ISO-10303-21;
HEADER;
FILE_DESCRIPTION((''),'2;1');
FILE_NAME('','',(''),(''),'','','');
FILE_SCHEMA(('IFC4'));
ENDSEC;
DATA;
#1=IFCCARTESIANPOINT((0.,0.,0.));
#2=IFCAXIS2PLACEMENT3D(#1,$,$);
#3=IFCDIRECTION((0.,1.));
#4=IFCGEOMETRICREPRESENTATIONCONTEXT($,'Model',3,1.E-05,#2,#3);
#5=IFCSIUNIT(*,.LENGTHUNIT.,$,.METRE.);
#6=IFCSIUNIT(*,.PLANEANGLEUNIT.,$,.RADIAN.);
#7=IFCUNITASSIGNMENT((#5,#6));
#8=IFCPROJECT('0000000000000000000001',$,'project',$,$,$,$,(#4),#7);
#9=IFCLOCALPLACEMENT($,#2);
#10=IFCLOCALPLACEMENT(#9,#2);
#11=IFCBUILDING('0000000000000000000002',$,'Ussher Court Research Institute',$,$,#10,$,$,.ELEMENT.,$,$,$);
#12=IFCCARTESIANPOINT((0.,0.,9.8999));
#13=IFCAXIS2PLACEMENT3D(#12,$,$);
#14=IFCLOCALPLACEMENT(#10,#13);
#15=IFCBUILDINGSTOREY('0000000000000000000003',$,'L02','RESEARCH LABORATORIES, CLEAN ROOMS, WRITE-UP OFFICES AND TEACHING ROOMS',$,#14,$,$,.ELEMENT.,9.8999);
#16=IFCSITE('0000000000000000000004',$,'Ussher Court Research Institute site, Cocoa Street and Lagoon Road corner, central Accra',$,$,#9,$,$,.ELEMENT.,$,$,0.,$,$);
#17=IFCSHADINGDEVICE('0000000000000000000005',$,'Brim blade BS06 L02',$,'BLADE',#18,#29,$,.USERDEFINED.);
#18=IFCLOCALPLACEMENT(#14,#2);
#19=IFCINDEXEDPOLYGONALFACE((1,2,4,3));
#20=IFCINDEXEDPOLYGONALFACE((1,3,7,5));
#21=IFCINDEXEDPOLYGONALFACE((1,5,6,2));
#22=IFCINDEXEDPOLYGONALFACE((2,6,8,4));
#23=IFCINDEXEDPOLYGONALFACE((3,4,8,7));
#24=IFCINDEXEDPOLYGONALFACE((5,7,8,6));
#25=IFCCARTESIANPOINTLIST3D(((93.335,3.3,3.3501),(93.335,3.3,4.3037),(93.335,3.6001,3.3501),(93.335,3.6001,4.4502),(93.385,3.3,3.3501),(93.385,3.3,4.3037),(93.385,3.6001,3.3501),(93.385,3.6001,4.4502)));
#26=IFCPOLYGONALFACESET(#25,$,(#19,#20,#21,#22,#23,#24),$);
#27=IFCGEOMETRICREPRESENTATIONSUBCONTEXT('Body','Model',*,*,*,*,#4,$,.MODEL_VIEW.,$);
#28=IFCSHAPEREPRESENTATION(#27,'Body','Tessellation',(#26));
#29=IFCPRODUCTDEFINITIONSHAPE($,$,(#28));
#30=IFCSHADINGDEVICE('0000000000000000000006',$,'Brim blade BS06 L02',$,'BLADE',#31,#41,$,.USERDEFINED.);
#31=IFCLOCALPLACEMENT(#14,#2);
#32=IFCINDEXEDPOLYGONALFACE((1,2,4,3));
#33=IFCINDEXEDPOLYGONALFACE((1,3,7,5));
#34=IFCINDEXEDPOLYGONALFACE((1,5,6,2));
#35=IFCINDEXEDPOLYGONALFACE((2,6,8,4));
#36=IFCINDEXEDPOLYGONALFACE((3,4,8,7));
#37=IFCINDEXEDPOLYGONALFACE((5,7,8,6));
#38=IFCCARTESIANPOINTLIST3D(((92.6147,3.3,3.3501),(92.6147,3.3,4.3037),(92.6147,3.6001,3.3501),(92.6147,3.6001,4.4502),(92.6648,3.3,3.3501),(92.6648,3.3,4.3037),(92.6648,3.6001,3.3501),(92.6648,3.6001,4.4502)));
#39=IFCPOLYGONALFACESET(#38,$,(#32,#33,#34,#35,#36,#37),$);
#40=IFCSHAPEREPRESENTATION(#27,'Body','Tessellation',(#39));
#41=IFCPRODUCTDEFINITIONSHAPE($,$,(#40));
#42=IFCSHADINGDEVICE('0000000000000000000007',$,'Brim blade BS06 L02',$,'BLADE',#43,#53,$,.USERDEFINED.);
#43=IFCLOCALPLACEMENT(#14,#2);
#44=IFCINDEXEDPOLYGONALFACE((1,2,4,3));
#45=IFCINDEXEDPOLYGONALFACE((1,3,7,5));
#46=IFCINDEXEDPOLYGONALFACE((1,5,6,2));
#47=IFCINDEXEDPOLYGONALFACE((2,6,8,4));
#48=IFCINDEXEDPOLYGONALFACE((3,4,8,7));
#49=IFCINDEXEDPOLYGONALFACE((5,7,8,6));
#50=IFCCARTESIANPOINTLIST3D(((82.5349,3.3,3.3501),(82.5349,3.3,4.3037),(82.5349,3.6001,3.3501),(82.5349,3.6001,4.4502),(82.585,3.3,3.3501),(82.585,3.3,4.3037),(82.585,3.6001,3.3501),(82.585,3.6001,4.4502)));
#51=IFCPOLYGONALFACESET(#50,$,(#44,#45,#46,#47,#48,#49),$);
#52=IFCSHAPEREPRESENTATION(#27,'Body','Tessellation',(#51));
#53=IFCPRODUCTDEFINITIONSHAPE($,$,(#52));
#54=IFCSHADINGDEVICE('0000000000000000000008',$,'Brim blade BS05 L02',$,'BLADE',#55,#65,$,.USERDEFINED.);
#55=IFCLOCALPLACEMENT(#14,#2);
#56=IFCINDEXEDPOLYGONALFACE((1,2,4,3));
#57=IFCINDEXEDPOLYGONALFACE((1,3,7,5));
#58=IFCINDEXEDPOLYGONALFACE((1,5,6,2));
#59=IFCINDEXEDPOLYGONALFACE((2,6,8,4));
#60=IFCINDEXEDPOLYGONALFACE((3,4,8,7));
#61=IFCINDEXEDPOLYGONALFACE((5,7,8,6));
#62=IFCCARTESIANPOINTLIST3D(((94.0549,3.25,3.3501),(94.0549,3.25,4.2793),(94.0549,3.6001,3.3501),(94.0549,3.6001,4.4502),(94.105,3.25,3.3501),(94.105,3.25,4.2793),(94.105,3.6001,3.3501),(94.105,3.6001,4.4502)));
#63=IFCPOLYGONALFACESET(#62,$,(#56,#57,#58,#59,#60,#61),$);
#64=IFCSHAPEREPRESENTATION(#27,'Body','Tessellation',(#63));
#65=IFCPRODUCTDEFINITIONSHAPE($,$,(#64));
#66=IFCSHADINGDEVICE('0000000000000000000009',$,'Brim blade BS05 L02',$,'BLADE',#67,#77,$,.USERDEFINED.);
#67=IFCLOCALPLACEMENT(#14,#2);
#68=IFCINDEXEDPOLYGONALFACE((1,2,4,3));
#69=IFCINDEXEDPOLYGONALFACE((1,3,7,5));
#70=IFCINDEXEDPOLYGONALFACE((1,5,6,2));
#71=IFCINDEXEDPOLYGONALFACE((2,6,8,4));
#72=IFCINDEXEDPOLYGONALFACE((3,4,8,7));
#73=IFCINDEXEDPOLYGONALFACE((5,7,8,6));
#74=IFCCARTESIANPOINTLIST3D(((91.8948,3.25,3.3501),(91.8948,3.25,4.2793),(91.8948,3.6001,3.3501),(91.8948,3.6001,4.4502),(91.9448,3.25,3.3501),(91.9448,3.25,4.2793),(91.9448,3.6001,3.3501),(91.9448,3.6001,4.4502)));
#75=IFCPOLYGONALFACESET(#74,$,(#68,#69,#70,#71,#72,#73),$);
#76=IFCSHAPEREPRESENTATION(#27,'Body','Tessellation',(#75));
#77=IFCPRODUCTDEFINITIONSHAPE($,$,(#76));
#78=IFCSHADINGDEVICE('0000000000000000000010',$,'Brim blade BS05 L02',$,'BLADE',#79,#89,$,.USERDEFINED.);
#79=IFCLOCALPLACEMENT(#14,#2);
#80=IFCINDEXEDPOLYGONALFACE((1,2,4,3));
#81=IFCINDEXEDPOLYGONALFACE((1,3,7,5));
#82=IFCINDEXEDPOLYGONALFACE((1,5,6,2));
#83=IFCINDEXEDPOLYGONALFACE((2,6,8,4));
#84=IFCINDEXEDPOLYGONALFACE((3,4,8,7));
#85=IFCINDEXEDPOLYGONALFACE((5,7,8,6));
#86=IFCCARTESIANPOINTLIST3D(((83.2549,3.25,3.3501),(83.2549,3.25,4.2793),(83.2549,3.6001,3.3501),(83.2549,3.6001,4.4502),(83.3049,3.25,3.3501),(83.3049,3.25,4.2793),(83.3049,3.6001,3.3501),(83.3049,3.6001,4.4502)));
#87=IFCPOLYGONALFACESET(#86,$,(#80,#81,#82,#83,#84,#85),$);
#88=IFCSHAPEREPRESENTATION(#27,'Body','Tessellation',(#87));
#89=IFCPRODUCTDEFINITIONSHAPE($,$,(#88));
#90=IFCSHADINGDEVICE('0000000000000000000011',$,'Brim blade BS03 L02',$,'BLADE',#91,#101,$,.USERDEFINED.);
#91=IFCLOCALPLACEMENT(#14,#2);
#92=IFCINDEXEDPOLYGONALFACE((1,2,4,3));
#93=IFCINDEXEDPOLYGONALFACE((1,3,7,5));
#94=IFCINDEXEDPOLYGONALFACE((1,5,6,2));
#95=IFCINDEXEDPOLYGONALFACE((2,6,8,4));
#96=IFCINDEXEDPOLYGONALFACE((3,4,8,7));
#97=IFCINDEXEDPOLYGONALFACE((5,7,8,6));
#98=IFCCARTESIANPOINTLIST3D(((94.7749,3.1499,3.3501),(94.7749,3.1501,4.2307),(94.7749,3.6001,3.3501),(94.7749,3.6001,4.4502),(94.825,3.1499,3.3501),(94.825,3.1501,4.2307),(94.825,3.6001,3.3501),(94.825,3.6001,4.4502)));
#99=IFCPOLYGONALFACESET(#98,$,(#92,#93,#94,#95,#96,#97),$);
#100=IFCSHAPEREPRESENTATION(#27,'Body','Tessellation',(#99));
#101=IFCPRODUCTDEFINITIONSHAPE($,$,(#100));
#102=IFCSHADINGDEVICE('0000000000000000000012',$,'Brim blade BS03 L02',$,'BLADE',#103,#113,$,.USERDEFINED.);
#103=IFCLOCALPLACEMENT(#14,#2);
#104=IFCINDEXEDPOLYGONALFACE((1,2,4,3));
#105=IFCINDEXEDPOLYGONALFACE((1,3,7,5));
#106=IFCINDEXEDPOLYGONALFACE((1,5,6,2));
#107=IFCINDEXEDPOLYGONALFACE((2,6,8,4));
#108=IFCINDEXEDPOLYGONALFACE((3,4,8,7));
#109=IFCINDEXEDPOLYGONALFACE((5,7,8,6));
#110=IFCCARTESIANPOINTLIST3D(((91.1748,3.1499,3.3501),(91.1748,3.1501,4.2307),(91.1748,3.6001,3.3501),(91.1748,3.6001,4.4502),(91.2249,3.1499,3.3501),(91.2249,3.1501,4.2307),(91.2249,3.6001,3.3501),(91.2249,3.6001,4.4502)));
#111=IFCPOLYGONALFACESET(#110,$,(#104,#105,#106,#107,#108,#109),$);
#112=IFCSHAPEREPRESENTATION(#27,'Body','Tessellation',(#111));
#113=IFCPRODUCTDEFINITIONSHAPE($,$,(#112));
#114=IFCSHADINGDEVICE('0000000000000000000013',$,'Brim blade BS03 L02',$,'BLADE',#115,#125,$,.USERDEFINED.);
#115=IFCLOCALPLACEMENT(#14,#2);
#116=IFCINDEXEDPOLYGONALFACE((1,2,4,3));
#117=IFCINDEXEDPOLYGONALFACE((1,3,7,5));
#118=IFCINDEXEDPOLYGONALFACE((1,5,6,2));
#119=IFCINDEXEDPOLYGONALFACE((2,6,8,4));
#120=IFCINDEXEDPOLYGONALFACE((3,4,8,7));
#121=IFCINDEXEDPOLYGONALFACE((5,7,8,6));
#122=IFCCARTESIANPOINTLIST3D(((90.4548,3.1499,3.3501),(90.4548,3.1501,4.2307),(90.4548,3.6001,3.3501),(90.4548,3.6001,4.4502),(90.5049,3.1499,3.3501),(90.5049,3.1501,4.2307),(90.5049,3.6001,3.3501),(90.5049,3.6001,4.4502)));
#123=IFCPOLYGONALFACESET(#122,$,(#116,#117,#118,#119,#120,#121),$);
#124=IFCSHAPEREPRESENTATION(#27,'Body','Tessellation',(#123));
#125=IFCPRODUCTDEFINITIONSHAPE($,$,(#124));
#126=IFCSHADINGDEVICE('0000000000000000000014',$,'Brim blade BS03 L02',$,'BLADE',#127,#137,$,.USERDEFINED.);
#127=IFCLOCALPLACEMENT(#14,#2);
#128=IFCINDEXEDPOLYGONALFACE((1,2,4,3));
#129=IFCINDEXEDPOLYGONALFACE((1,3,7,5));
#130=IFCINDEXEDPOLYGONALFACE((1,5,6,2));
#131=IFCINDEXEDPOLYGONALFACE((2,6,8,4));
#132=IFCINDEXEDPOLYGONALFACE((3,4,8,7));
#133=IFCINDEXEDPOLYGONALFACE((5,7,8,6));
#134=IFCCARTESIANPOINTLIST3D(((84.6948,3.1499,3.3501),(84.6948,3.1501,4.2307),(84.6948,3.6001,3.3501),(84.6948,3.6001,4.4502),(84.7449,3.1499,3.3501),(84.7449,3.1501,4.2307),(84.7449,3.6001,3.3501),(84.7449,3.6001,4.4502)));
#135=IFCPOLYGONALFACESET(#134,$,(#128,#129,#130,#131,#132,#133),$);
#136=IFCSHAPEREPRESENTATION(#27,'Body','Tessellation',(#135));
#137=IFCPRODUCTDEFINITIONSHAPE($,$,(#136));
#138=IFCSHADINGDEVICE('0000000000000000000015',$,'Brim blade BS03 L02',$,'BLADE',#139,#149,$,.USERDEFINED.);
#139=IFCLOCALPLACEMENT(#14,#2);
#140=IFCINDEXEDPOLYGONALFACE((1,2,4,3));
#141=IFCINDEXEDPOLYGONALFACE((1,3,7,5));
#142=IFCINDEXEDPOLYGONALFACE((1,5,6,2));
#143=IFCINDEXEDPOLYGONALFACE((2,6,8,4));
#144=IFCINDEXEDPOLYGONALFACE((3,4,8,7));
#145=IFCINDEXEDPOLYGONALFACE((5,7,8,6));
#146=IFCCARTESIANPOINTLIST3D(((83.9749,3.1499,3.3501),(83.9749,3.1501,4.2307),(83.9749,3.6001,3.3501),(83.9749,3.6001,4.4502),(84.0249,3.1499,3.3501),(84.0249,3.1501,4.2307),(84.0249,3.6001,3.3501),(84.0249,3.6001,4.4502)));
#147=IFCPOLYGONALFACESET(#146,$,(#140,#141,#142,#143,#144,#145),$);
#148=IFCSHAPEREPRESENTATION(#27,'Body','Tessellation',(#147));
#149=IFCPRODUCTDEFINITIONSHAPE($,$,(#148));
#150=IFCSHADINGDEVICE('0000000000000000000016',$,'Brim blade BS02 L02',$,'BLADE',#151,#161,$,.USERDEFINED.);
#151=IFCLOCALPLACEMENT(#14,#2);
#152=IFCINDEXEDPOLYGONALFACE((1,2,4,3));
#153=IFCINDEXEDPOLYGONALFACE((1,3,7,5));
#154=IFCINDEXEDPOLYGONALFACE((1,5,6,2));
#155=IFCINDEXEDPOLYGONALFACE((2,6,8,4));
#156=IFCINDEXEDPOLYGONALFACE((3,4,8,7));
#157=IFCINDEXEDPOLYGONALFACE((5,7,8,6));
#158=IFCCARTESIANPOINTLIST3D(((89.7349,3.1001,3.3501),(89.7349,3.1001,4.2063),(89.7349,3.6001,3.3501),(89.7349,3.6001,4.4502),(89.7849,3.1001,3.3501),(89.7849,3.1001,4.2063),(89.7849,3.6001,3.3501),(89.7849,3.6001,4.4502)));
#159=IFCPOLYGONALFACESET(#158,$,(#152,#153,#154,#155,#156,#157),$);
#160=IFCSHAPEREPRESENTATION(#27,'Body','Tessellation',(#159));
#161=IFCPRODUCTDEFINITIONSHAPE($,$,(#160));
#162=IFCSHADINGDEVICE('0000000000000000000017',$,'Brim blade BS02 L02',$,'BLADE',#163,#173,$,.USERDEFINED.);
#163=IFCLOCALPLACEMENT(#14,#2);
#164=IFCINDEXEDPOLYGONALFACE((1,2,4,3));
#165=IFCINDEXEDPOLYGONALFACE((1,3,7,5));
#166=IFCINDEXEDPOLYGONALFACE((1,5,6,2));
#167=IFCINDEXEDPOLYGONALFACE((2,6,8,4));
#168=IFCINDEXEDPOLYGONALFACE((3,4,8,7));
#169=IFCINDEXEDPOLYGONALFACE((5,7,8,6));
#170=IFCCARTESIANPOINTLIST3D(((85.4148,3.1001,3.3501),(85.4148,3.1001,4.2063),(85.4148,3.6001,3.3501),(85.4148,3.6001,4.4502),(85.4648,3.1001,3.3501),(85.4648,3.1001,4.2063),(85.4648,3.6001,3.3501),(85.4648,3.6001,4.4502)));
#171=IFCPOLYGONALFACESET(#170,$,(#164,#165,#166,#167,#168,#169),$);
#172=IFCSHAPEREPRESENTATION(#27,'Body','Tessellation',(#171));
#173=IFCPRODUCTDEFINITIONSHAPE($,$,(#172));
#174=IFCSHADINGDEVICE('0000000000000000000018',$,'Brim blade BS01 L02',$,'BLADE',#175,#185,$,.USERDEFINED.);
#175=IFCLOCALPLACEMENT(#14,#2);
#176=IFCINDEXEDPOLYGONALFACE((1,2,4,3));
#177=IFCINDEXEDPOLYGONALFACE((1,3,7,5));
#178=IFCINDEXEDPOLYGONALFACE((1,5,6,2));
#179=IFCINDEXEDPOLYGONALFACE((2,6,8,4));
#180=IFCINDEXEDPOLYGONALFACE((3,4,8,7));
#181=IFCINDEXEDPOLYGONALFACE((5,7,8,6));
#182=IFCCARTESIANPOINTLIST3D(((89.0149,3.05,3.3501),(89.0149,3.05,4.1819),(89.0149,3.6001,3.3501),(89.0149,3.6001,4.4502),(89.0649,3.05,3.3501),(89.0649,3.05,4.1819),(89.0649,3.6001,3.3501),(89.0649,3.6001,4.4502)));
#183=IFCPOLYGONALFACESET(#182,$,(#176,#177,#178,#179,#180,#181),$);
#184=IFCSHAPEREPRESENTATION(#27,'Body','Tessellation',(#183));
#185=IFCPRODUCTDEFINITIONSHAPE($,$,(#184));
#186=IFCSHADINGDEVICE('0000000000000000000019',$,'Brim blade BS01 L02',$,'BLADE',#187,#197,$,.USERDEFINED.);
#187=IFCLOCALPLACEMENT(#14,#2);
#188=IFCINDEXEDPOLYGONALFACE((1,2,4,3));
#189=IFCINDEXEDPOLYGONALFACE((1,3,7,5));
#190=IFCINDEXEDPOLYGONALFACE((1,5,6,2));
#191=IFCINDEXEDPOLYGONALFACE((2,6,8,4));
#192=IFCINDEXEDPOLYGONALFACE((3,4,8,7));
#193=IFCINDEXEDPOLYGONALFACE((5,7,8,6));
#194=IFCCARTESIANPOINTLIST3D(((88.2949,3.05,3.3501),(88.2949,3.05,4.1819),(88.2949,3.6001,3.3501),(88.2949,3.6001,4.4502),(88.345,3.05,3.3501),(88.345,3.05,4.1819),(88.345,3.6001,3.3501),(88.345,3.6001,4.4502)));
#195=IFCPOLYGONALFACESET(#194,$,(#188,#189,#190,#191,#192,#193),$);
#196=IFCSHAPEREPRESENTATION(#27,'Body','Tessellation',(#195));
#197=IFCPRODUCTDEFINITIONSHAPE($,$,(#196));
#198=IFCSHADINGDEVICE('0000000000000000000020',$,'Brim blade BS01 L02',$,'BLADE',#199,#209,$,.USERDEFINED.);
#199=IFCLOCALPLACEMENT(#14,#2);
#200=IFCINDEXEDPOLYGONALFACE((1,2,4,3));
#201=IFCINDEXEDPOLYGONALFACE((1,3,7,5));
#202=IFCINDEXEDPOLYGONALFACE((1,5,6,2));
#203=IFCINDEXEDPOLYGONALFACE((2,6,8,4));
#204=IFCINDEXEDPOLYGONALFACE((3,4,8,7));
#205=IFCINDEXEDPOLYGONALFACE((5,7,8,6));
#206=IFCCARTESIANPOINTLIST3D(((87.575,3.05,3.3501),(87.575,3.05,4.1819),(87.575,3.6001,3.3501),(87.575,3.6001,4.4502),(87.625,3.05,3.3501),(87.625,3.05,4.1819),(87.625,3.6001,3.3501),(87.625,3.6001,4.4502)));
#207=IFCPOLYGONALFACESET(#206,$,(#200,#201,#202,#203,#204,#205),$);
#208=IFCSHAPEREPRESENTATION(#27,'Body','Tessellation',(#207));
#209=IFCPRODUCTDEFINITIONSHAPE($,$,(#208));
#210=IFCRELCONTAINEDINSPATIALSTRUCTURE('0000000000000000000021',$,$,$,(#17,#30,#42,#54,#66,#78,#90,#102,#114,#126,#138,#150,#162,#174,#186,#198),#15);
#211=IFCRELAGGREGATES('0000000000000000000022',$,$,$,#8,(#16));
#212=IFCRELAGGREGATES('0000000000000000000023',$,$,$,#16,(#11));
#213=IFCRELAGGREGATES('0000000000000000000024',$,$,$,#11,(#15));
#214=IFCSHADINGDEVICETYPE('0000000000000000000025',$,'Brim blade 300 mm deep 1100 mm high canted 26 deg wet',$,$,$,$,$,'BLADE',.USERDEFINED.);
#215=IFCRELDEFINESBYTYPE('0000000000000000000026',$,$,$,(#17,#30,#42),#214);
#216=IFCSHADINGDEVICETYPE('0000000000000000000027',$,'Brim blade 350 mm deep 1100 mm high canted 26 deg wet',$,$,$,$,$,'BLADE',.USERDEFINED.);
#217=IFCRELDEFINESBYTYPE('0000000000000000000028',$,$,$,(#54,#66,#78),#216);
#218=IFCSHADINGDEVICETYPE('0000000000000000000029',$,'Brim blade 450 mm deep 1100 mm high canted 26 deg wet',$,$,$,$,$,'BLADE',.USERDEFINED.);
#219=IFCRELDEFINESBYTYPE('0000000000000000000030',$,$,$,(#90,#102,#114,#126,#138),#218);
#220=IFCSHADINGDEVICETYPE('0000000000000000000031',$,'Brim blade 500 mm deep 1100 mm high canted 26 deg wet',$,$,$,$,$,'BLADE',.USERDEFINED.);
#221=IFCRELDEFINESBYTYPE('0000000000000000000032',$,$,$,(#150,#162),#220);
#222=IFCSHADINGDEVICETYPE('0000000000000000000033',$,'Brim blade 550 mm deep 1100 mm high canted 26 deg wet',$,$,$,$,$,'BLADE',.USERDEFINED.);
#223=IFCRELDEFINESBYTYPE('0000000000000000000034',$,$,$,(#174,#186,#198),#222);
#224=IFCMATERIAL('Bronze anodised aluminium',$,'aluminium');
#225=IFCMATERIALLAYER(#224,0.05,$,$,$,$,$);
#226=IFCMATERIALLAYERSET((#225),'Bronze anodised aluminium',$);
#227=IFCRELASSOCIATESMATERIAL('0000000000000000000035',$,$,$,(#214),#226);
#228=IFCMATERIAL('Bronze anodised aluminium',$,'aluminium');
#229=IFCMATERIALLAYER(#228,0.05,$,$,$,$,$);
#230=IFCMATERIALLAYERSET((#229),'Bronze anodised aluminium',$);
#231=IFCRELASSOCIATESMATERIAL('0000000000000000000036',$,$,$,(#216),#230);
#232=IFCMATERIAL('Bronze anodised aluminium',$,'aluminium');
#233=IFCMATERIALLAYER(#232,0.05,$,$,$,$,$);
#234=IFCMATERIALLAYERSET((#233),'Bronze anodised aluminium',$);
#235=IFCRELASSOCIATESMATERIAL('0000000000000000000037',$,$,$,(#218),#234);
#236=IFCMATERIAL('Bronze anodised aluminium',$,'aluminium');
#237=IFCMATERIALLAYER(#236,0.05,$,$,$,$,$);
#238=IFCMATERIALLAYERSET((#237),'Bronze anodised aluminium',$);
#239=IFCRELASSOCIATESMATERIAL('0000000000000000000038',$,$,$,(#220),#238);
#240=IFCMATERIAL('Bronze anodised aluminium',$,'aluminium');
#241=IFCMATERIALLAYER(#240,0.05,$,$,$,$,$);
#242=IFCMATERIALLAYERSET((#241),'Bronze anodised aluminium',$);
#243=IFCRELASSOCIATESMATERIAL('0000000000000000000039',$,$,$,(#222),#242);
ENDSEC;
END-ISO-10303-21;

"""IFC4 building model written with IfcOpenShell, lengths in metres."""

from ifc_helpers import new_model, si_unit, direction, frame, origin, place, context, subcontext, project, spatial, polyline, outline, extrude, material, layer, layer_set, type_object, element, save


model = new_model("IFC4")

# Units and contexts
model_context = context("Model", 3, precision=1e-05, world=origin(), true_north=direction((0.0, 1.0)))
body_context = subcontext(model_context, "Body", "Model", "MODEL_VIEW")
ifc_project = project(units=[si_unit("LENGTHUNIT", "METRE"), si_unit("PLANEANGLEUNIT", "RADIAN")], contexts=[model_context])

# Site, building, storey
site_placement = place(None, origin())
site = spatial("IfcSite", under=ifc_project, at=site_placement, Name="Ussher Court Research Institute site, Cocoa Street and Lagoon Road corner, central Accra", CompositionType="ELEMENT", RefElevation=0.0)
building_placement = place(site_placement, origin())
building = spatial("IfcBuilding", under=site, at=building_placement, Name="Ussher Court Research Institute", CompositionType="ELEMENT")
storey_placement = place(building_placement, frame((0.0, 0.0, 9.8999)))
storey = spatial("IfcBuildingStorey", under=building, at=storey_placement, Name="L02", Description="RESEARCH LABORATORIES, CLEAN ROOMS, WRITE-UP OFFICES AND TEACHING ROOMS", CompositionType="ELEMENT", Elevation=9.8999)

# Shading devices
ifc_material_1 = material(Name="Bronze anodised aluminium", Category="aluminium")
ifc_layer_1 = layer(ifc_material_1, 0.05)
ifc_layer_set_1 = layer_set([ifc_layer_1], Name="Bronze anodised aluminium")
shading_device_type_1 = type_object("IfcShadingDeviceType", Name="Brim blade 300 mm deep 1100 mm high canted 26 deg wet", ElementType="BLADE", PredefinedType="USERDEFINED", material=ifc_layer_set_1)
for number, where, z_axis, x_axis, name in (
    (1, (93.3601, 3.6001, 3.3501), (0.0, 0.0, 1.0), (0.0, -1.0, 0.0), "Brim blade BS06 L02"),
    (2, (92.6399, 3.6001, 3.3501), (0.0, 0.0, 1.0), (0.0, -1.0, 0.0), "Brim blade BS06 L02"),
    (3, (82.5601, 3.6001, 3.3501), (0.0, 0.0, 1.0), (0.0, -1.0, 0.0), "Brim blade BS06 L02"),
):
    element("IfcShadingDevice", number, at=place(storey_placement, frame(where, z_axis=z_axis, x_axis=x_axis)), inside=storey, type_object=shading_device_type_1, Name=name, ObjectType="BLADE", PredefinedType="USERDEFINED", context=body_context, shape_type="SweptSolid", body=[
        extrude(outline(polyline([(0.0, 0.0), (0.3, 0.0), (0.3, 0.9536), (0.0, 1.1001), (0.0, 0.0)])), frame((0.0, 0.0249, 0.0), z_axis=(0.0, -1.0, 0.0), x_axis=(1.0, 0.0, 0.0)), (0.0, 0.0, 1.0), 0.05),
    ])
ifc_material_2 = material(Name="Bronze anodised aluminium", Category="aluminium")
ifc_layer_2 = layer(ifc_material_2, 0.05)
ifc_layer_set_2 = layer_set([ifc_layer_2], Name="Bronze anodised aluminium")
shading_device_type_2 = type_object("IfcShadingDeviceType", Name="Brim blade 350 mm deep 1100 mm high canted 26 deg wet", ElementType="BLADE", PredefinedType="USERDEFINED", material=ifc_layer_set_2)
for number, where, z_axis, x_axis, name in (
    (4, (94.0801, 3.6001, 3.3501), (0.0, 0.0, 1.0), (0.0, -1.0, 0.0), "Brim blade BS05 L02"),
    (5, (91.9199, 3.6001, 3.3501), (0.0, 0.0, 1.0), (0.0, -1.0, 0.0), "Brim blade BS05 L02"),
    (6, (83.28, 3.6001, 3.3501), (0.0, 0.0, 1.0), (0.0, -1.0, 0.0), "Brim blade BS05 L02"),
):
    element("IfcShadingDevice", number, at=place(storey_placement, frame(where, z_axis=z_axis, x_axis=x_axis)), inside=storey, type_object=shading_device_type_2, Name=name, ObjectType="BLADE", PredefinedType="USERDEFINED", context=body_context, shape_type="SweptSolid", body=[
        extrude(outline(polyline([(0.0, 0.0), (0.3501, 0.0), (0.3501, 0.9292), (0.0, 1.1001), (0.0, 0.0)])), frame((0.0, 0.0249, 0.0), z_axis=(0.0, -1.0, 0.0), x_axis=(1.0, 0.0, 0.0)), (0.0, 0.0, 1.0), 0.05),
    ])
ifc_material_3 = material(Name="Bronze anodised aluminium", Category="aluminium")
ifc_layer_3 = layer(ifc_material_3, 0.05)
ifc_layer_set_3 = layer_set([ifc_layer_3], Name="Bronze anodised aluminium")
shading_device_type_3 = type_object("IfcShadingDeviceType", Name="Brim blade 450 mm deep 1100 mm high canted 26 deg wet", ElementType="BLADE", PredefinedType="USERDEFINED", material=ifc_layer_set_3)
for number, where, z_axis, x_axis, name in (
    (7, (94.8, 3.6001, 3.3501), (0.0, 0.0, 1.0), (0.0, -1.0, 0.0), "Brim blade BS03 L02"),
    (8, (91.2, 3.6001, 3.3501), (0.0, 0.0, 1.0), (0.0, -1.0, 0.0), "Brim blade BS03 L02"),
    (9, (90.48, 3.6001, 3.3501), (0.0, 0.0, 1.0), (0.0, -1.0, 0.0), "Brim blade BS03 L02"),
    (10, (84.72, 3.6001, 3.3501), (0.0, 0.0, 1.0), (0.0, -1.0, 0.0), "Brim blade BS03 L02"),
    (11, (84.0, 3.6001, 3.3501), (0.0, 0.0, 1.0), (0.0, -1.0, 0.0), "Brim blade BS03 L02"),
):
    element("IfcShadingDevice", number, at=place(storey_placement, frame(where, z_axis=z_axis, x_axis=x_axis)), inside=storey, type_object=shading_device_type_3, Name=name, ObjectType="BLADE", PredefinedType="USERDEFINED", context=body_context, shape_type="SweptSolid", body=[
        extrude(outline(polyline([(0.0, 0.0), (0.4502, 0.0), (0.45, 0.8806), (0.0, 1.1001), (0.0, 0.0)])), frame((0.0, 0.0249, 0.0), z_axis=(0.0, -1.0, 0.0), x_axis=(1.0, 0.0, 0.0)), (0.0, 0.0, 1.0), 0.05),
    ])
ifc_material_4 = material(Name="Bronze anodised aluminium", Category="aluminium")
ifc_layer_4 = layer(ifc_material_4, 0.05)
ifc_layer_set_4 = layer_set([ifc_layer_4], Name="Bronze anodised aluminium")
shading_device_type_4 = type_object("IfcShadingDeviceType", Name="Brim blade 500 mm deep 1100 mm high canted 26 deg wet", ElementType="BLADE", PredefinedType="USERDEFINED", material=ifc_layer_set_4)
for number, where, z_axis, x_axis, name in (
    (12, (89.76, 3.6001, 3.3501), (0.0, 0.0, 1.0), (0.0, -1.0, 0.0), "Brim blade BS02 L02"),
    (13, (85.4399, 3.6001, 3.3501), (0.0, 0.0, 1.0), (0.0, -1.0, 0.0), "Brim blade BS02 L02"),
):
    element("IfcShadingDevice", number, at=place(storey_placement, frame(where, z_axis=z_axis, x_axis=x_axis)), inside=storey, type_object=shading_device_type_4, Name=name, ObjectType="BLADE", PredefinedType="USERDEFINED", context=body_context, shape_type="SweptSolid", body=[
        extrude(outline(polyline([(0.0, 0.0), (0.5, 0.0), (0.5, 0.8562), (0.0, 1.1001), (0.0, 0.0)])), frame((0.0, 0.0249, 0.0), z_axis=(0.0, -1.0, 0.0), x_axis=(1.0, 0.0, 0.0)), (0.0, 0.0, 1.0), 0.05),
    ])
ifc_material_5 = material(Name="Bronze anodised aluminium", Category="aluminium")
ifc_layer_5 = layer(ifc_material_5, 0.05)
ifc_layer_set_5 = layer_set([ifc_layer_5], Name="Bronze anodised aluminium")
shading_device_type_5 = type_object("IfcShadingDeviceType", Name="Brim blade 550 mm deep 1100 mm high canted 26 deg wet", ElementType="BLADE", PredefinedType="USERDEFINED", material=ifc_layer_set_5)
for number, where, z_axis, x_axis, name in (
    (14, (89.04, 3.6001, 3.3501), (0.0, 0.0, 1.0), (0.0, -1.0, 0.0), "Brim blade BS01 L02"),
    (15, (88.3201, 3.6001, 3.3501), (0.0, 0.0, 1.0), (0.0, -1.0, 0.0), "Brim blade BS01 L02"),
    (16, (87.6001, 3.6001, 3.3501), (0.0, 0.0, 1.0), (0.0, -1.0, 0.0), "Brim blade BS01 L02"),
):
    element("IfcShadingDevice", number, at=place(storey_placement, frame(where, z_axis=z_axis, x_axis=x_axis)), inside=storey, type_object=shading_device_type_5, Name=name, ObjectType="BLADE", PredefinedType="USERDEFINED", context=body_context, shape_type="SweptSolid", body=[
        extrude(outline(polyline([(0.0, 0.0), (0.55, 0.0), (0.55, 0.8318), (0.0, 1.1001), (0.0, 0.0)])), frame((0.0, 0.0249, 0.0), z_axis=(0.0, -1.0, 0.0), x_axis=(1.0, 0.0, 0.0)), (0.0, 0.0, 1.0), 0.05),
    ])

save(model, "model.ifc")
